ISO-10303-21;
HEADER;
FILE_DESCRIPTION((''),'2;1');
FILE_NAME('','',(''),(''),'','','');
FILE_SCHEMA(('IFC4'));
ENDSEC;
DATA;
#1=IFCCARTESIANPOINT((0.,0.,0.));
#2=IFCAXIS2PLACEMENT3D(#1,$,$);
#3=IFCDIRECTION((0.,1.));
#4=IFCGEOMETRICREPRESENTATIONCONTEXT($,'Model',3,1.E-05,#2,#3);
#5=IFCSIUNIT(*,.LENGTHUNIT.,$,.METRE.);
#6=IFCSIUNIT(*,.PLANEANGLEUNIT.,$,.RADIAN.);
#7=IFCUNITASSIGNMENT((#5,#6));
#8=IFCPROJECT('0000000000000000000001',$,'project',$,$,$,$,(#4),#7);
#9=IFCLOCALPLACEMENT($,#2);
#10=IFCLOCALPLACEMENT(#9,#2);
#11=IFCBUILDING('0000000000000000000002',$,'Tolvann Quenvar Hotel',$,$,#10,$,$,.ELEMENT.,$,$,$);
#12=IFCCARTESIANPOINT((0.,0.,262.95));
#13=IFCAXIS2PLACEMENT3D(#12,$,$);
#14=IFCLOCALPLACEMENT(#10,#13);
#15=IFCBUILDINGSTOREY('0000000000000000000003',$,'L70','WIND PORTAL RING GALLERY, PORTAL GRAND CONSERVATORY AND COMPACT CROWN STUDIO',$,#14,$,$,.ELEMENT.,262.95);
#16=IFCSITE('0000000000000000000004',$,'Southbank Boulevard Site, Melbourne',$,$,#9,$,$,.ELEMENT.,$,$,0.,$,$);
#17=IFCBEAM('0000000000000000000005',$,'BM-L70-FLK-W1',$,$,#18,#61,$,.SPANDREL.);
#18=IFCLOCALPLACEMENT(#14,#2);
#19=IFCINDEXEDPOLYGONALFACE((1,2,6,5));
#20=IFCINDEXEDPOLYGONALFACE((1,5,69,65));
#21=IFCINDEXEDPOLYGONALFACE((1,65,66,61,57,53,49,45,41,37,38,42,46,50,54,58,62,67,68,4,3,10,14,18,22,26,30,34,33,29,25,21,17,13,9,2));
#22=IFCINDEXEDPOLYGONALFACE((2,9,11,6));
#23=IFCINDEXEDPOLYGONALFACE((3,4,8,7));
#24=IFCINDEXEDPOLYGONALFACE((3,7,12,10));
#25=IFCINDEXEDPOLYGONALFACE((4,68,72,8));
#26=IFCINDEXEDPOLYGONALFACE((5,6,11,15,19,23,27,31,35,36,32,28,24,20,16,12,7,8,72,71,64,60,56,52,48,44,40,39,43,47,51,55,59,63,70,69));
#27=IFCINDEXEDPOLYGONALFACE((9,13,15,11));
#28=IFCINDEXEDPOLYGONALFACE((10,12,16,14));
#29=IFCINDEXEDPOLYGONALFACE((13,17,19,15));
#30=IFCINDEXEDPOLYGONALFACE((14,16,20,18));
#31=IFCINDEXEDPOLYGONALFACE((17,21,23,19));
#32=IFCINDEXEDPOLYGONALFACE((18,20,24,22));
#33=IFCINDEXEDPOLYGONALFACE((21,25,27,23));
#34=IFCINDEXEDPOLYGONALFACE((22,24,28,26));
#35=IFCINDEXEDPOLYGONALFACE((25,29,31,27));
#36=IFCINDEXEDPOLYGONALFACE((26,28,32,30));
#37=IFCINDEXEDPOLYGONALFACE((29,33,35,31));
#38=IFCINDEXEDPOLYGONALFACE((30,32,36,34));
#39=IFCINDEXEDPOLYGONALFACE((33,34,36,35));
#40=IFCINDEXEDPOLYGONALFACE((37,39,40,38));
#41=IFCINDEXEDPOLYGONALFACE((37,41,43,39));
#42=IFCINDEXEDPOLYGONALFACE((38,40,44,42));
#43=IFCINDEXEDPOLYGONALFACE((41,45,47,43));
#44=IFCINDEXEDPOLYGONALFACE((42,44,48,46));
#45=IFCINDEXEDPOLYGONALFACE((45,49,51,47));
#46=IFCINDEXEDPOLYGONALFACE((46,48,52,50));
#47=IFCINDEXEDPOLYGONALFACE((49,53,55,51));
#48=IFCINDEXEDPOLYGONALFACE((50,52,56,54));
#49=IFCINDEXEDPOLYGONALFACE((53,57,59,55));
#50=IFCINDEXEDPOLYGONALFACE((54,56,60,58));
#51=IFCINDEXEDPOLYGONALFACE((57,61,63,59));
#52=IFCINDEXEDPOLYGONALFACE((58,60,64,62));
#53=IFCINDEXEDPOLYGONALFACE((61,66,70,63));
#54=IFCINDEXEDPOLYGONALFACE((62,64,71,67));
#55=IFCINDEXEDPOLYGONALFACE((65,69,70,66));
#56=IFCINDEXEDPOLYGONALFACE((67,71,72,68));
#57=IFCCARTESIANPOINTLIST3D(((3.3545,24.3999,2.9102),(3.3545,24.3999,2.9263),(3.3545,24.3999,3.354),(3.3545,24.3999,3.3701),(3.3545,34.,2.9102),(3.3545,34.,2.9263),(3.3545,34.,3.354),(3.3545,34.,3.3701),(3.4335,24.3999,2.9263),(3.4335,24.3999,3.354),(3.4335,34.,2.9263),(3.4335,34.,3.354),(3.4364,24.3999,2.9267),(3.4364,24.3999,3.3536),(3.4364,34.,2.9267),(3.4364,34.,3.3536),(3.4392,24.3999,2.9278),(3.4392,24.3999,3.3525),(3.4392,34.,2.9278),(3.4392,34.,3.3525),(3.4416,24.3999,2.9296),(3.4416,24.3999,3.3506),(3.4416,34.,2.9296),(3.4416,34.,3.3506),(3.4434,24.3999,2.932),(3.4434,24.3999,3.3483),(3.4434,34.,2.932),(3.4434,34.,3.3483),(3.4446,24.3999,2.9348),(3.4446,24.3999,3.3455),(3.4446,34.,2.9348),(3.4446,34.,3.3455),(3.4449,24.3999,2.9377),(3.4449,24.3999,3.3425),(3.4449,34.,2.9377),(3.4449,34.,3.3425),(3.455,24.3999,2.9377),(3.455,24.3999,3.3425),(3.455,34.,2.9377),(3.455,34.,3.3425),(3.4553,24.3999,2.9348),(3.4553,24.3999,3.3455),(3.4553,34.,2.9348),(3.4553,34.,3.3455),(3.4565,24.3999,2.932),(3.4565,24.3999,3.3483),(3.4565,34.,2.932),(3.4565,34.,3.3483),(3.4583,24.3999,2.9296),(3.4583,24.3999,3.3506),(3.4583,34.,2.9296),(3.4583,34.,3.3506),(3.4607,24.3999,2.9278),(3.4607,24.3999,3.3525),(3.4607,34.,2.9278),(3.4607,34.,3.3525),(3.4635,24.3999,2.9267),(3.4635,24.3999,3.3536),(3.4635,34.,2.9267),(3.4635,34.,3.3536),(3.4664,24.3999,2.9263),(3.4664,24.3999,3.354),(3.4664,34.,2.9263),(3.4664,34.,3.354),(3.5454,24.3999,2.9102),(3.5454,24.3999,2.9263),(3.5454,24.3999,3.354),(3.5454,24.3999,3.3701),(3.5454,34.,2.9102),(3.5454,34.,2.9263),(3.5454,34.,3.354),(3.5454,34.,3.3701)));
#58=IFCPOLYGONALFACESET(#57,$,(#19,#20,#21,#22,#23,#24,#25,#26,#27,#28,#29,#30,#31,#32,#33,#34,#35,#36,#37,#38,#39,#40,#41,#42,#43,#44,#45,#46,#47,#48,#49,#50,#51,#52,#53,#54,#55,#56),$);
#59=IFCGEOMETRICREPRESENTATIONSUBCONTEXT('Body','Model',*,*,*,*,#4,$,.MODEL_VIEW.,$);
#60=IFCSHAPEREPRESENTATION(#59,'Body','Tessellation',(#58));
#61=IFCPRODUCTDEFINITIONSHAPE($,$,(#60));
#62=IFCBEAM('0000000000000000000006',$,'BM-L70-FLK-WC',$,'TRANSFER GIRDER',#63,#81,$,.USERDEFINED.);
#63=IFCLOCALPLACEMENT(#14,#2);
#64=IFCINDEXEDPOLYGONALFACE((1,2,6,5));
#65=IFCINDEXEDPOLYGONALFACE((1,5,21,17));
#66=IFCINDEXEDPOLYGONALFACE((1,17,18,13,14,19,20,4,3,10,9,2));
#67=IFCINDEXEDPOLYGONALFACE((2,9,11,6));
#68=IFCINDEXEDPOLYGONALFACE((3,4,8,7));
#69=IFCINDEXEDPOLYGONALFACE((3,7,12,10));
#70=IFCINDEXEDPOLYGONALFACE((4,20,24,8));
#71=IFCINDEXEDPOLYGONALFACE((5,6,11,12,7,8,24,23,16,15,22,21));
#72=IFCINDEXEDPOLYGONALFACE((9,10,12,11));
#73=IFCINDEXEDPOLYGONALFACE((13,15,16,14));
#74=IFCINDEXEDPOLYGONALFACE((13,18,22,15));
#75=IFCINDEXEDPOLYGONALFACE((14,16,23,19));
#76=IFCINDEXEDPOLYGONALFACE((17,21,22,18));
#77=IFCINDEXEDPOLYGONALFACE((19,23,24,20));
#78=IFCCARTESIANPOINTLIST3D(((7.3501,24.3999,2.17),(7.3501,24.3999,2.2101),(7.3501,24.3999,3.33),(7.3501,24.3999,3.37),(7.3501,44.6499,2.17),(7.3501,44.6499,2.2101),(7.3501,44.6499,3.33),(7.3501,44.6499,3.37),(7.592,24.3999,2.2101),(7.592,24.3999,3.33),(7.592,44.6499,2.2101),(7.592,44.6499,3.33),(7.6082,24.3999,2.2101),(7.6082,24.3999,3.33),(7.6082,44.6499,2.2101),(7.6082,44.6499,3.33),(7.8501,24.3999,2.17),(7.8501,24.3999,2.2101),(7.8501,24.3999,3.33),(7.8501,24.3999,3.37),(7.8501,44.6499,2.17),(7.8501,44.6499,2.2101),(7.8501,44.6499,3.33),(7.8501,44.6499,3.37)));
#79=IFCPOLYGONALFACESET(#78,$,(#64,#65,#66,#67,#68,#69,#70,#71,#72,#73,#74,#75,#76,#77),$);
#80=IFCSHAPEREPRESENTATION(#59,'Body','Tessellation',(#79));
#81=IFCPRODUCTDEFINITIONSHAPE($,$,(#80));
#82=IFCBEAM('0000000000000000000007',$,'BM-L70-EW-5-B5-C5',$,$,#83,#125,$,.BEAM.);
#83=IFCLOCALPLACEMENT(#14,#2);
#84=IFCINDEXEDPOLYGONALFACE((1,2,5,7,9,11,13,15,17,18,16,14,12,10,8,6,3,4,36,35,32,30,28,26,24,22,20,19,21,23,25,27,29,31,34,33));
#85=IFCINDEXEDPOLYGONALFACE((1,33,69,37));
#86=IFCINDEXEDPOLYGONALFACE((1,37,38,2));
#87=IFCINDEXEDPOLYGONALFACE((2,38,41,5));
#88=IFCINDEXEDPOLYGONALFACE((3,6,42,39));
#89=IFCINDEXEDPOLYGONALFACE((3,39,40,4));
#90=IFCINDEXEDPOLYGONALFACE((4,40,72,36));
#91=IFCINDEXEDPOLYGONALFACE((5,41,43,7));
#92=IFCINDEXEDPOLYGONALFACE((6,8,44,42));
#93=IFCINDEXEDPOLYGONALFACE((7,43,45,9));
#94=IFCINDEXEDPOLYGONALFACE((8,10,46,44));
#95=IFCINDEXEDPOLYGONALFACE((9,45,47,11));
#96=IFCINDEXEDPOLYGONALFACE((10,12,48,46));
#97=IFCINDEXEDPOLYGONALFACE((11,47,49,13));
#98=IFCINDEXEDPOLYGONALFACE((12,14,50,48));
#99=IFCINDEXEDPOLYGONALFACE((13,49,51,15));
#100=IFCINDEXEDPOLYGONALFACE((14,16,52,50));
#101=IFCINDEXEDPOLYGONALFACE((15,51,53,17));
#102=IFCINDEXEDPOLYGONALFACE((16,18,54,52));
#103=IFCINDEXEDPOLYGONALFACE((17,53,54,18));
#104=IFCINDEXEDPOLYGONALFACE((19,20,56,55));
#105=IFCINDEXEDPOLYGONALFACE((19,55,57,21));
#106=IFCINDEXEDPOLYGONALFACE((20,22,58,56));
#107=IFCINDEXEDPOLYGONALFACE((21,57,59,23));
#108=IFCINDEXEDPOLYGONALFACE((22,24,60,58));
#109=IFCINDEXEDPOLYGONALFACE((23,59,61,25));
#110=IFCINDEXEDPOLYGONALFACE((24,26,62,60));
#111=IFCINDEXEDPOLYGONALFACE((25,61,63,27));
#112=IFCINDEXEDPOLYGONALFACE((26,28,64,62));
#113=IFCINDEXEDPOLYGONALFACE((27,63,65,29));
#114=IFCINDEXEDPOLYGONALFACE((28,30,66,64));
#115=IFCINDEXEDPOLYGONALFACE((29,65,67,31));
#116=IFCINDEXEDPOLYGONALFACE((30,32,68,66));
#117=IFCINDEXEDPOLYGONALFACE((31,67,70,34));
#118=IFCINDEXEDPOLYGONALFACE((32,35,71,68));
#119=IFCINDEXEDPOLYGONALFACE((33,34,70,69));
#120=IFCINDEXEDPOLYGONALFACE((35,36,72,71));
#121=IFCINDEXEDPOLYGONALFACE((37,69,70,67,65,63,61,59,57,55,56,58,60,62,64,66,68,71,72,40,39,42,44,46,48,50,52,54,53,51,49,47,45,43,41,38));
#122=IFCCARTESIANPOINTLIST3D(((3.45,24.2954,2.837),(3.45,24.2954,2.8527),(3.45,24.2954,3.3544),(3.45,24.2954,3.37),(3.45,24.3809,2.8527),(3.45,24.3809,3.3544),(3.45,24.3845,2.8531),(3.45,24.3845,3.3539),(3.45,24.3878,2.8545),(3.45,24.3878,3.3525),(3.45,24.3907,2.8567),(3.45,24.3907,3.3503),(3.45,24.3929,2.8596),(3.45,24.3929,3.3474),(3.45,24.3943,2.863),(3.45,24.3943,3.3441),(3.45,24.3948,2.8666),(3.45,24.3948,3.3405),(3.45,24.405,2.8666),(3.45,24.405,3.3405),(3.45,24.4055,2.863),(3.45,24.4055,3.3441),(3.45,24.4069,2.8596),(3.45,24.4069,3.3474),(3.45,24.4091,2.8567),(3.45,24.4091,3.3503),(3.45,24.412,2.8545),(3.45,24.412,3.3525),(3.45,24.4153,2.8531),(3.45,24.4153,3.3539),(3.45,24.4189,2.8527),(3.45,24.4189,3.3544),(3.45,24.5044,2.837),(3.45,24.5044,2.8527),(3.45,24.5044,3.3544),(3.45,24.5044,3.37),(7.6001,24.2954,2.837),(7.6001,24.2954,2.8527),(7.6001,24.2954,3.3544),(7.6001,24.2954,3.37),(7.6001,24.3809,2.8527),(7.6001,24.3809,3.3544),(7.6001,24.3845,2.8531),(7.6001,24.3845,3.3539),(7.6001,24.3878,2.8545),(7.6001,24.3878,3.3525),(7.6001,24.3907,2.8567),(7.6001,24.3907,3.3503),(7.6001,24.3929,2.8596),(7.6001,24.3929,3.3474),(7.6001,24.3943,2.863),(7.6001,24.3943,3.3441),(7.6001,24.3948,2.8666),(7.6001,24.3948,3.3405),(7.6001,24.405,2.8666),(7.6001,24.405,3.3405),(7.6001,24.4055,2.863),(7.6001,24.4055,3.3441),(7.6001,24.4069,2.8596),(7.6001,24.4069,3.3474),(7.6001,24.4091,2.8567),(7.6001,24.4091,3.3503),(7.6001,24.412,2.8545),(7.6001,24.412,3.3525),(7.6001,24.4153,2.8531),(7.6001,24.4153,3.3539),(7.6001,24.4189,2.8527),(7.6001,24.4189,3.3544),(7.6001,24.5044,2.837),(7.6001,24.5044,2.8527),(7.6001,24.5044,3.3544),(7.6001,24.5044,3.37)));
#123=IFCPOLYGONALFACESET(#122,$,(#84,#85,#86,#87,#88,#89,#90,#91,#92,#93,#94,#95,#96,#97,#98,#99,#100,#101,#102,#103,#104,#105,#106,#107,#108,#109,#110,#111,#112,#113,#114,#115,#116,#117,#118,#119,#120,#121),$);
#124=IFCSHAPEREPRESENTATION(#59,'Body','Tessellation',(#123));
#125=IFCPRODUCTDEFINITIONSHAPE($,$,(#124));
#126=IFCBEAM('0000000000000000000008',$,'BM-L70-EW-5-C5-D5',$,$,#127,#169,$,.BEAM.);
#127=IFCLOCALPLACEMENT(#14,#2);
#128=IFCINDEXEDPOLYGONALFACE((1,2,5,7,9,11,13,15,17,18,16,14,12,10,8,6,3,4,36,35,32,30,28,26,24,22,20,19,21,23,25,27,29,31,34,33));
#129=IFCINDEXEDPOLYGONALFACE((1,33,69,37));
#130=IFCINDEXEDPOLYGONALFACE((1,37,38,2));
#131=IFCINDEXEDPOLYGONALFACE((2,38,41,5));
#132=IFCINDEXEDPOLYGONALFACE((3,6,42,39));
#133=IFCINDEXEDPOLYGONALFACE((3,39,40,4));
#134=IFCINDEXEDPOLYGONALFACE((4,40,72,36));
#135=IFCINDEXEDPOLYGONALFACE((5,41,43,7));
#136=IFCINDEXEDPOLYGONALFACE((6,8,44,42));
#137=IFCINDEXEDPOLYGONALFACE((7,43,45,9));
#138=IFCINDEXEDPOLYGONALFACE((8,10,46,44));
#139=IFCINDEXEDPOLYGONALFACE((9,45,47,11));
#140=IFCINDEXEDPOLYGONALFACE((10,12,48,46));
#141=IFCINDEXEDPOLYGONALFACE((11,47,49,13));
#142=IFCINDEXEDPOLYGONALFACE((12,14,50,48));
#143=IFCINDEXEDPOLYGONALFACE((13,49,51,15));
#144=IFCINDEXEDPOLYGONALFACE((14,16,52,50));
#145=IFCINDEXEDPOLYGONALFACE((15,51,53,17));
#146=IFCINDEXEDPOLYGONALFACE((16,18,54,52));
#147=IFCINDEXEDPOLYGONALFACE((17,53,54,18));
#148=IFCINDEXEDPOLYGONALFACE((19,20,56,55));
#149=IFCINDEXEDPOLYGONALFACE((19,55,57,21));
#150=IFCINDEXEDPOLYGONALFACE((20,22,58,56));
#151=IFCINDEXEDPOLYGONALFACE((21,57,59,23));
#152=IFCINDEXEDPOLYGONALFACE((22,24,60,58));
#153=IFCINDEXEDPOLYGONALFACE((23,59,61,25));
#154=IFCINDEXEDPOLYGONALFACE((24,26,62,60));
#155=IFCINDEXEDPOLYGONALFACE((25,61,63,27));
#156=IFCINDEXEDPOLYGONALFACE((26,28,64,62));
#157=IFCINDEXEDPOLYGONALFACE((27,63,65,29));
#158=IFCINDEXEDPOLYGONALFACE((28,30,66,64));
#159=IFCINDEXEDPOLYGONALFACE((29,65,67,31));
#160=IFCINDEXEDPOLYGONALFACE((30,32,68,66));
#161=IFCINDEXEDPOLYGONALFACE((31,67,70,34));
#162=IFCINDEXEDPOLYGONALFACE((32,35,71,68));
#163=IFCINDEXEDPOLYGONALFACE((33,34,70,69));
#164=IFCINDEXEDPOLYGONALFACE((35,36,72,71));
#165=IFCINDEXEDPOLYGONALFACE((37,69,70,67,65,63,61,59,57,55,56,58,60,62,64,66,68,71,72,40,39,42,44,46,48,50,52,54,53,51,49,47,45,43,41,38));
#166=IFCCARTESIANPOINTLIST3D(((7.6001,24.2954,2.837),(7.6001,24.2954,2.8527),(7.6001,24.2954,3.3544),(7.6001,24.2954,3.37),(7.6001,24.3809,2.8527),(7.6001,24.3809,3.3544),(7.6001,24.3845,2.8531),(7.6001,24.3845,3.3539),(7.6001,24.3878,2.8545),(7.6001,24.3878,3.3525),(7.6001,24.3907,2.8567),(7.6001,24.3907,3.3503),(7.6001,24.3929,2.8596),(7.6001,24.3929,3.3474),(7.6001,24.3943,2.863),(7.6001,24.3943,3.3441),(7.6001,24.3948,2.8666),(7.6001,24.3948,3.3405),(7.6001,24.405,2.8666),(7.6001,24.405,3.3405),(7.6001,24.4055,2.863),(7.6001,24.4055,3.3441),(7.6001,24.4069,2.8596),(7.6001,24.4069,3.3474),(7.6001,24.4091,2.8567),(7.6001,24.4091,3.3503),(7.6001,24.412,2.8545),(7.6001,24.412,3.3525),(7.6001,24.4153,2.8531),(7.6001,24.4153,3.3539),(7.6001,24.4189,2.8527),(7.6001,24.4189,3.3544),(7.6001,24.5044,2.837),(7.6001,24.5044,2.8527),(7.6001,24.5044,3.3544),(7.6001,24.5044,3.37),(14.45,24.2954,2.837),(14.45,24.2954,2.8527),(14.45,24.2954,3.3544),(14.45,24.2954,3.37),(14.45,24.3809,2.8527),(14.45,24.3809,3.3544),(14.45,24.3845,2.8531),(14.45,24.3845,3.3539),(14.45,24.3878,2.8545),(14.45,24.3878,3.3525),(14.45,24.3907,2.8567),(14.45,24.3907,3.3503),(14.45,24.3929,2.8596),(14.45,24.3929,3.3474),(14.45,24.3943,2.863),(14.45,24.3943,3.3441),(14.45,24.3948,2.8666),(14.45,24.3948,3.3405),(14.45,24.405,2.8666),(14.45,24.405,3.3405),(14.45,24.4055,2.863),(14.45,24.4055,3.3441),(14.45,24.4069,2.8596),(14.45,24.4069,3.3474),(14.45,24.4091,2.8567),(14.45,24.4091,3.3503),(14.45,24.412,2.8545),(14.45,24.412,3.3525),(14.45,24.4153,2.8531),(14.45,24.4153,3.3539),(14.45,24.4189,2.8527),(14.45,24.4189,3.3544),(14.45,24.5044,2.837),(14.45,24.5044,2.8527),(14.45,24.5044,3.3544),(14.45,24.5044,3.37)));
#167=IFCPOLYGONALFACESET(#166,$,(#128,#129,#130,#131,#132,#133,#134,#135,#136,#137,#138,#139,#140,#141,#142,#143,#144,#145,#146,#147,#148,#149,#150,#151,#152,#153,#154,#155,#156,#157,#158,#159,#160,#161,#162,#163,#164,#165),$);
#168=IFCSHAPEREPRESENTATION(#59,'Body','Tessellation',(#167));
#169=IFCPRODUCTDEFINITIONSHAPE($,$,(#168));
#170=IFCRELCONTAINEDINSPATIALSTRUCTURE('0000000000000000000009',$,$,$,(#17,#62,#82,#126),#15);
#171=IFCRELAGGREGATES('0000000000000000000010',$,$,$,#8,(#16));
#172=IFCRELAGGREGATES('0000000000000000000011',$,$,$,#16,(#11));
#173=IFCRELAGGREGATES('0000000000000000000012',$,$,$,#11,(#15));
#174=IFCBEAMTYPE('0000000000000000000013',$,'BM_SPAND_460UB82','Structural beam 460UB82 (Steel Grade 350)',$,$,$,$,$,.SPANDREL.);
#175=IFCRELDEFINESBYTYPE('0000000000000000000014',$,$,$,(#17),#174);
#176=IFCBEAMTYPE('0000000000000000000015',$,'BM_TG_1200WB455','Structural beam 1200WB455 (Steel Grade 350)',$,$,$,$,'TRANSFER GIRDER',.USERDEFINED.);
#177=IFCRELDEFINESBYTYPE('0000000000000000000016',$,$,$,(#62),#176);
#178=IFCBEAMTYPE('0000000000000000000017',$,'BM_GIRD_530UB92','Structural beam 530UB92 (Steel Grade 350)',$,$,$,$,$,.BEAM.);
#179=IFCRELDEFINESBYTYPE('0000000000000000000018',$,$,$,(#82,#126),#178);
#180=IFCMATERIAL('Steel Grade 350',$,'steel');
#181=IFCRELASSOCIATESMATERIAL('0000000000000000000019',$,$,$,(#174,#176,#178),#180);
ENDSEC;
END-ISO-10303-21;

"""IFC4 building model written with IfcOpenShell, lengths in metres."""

from ifc_helpers import new_model, si_unit, direction, frame, origin, origin_2d, place, context, subcontext, project, spatial, i_section, extrude, source, transform, mapped, material, material_profile, profile_set, type_object, type_shapes, element, save


model = new_model("IFC4")

# Units and contexts
model_context = context("Model", 3, precision=1e-05, world=origin(), true_north=direction((0.0, 1.0)))
body_context = subcontext(model_context, "Body", "Model", "MODEL_VIEW")
ifc_project = project(units=[si_unit("LENGTHUNIT", "METRE"), si_unit("PLANEANGLEUNIT", "RADIAN")], contexts=[model_context])

# Site, building, storey
site_placement = place(None, origin())
site = spatial("IfcSite", under=ifc_project, at=site_placement, Name="Southbank Boulevard Site, Melbourne", CompositionType="ELEMENT", RefElevation=0.0)
building_placement = place(site_placement, origin())
building = spatial("IfcBuilding", under=site, at=building_placement, Name="Tolvann Quenvar Hotel", CompositionType="ELEMENT")
storey_placement = place(building_placement, frame((0.0, 0.0, 262.95)))
storey = spatial("IfcBuildingStorey", under=building, at=storey_placement, Name="L70", Description="WIND PORTAL RING GALLERY, PORTAL GRAND CONSERVATORY AND COMPACT CROWN STUDIO", CompositionType="ELEMENT", Elevation=262.95)

# Shared definitions
ifc_material_1 = material(Name="Steel Grade 350", Category="steel")

# Beams
ifc_material_profile_1 = material_profile(ifc_material_1, i_section(OverallWidth=0.1909, OverallDepth=0.46, WebThickness=0.01, FlangeThickness=0.0161, FilletRadius=0.0115, at=origin_2d()), Name="460UB82")
ifc_profile_set_1 = profile_set([ifc_material_profile_1], Name="Steel Grade 350")
beam_type_1 = type_object("IfcBeamType", Name="BM_SPAND_460UB82", Description="Structural beam 460UB82 (Steel Grade 350)", PredefinedType="SPANDREL", material=ifc_profile_set_1)
shared_shape_1 = source(origin(), body_context, "Body", "SweptSolid", [
    extrude(i_section(OverallWidth=0.1909, OverallDepth=0.46, WebThickness=0.01, FlangeThickness=0.0161, FilletRadius=0.0115, at=origin_2d()), origin(), (0.0, 0.0, 1.0), 9.6001),
])
type_shapes(beam_type_1, [shared_shape_1])
beam_1_placement = place(storey_placement, frame((3.45, 24.3999, 3.1401), z_axis=(0.0, 1.0, 0.0), x_axis=(-1.0, 0.0, 0.0)))
element("IfcBeam", 1, at=beam_1_placement, inside=storey, type_object=beam_type_1, Name="BM-L70-FLK-W1", PredefinedType="SPANDREL", context=body_context, shape_type="MappedRepresentation", body=[
    mapped(shared_shape_1, transform((0.0, 0.0, 0.0), x_axis=(1.0, 0.0, 0.0), y_axis=(0.0, 1.0, 0.0), z_axis=(0.0, 0.0, 1.0), scale=1.0)),
])
ifc_material_profile_2 = material_profile(ifc_material_1, i_section(OverallWidth=0.5, OverallDepth=1.2, WebThickness=0.0161, FlangeThickness=0.04, at=origin_2d()), Name="1200WB455")
ifc_profile_set_2 = profile_set([ifc_material_profile_2], Name="Steel Grade 350")
beam_type_2 = type_object("IfcBeamType", Name="BM_TG_1200WB455", Description="Structural beam 1200WB455 (Steel Grade 350)", ElementType="TRANSFER GIRDER", PredefinedType="USERDEFINED", material=ifc_profile_set_2)
shared_shape_2 = source(origin(), body_context, "Body", "SweptSolid", [
    extrude(i_section(OverallWidth=0.5, OverallDepth=1.2, WebThickness=0.0161, FlangeThickness=0.04, at=origin_2d()), origin(), (0.0, 0.0, 1.0), 20.25),
])
type_shapes(beam_type_2, [shared_shape_2])
beam_2_placement = place(storey_placement, frame((7.6001, 24.3999, 2.77), z_axis=(0.0, 1.0, 0.0), x_axis=(-1.0, 0.0, 0.0)))
element("IfcBeam", 2, at=beam_2_placement, inside=storey, type_object=beam_type_2, Name="BM-L70-FLK-WC", ObjectType="TRANSFER GIRDER", PredefinedType="USERDEFINED", context=body_context, shape_type="MappedRepresentation", body=[
    mapped(shared_shape_2, transform((0.0, 0.0, 0.0), x_axis=(1.0, 0.0, 0.0), y_axis=(0.0, 1.0, 0.0), z_axis=(0.0, 0.0, 1.0), scale=1.0)),
])
ifc_material_profile_3 = material_profile(ifc_material_1, i_section(OverallWidth=0.209, OverallDepth=0.533, WebThickness=0.0103, FlangeThickness=0.0156, FilletRadius=0.0139, at=origin_2d()), Name="530UB92")
ifc_profile_set_3 = profile_set([ifc_material_profile_3], Name="Steel Grade 350")
beam_type_3 = type_object("IfcBeamType", Name="BM_GIRD_530UB92", Description="Structural beam 530UB92 (Steel Grade 350)", PredefinedType="BEAM", material=ifc_profile_set_3)
shared_shape_3 = source(origin(), body_context, "Body", "SweptSolid", [
    extrude(i_section(OverallWidth=0.209, OverallDepth=0.533, WebThickness=0.0103, FlangeThickness=0.0156, FilletRadius=0.0139, at=origin_2d()), origin(), (0.0, 0.0, 1.0), 4.1501),
])
beam_3_placement = place(storey_placement, frame((3.45, 24.3999, 3.1035), z_axis=(1.0, 0.0, 0.0), x_axis=(0.0, 1.0, 0.0)))
element("IfcBeam", 3, at=beam_3_placement, inside=storey, type_object=beam_type_3, Name="BM-L70-EW-5-B5-C5", PredefinedType="BEAM", context=body_context, shape_type="MappedRepresentation", body=[
    mapped(shared_shape_3, transform((0.0, 0.0, 0.0), x_axis=(1.0, 0.0, 0.0), y_axis=(0.0, 1.0, 0.0), z_axis=(0.0, 0.0, 1.0), scale=1.0)),
])
shared_shape_4 = source(origin(), body_context, "Body", "SweptSolid", [
    extrude(i_section(OverallWidth=0.209, OverallDepth=0.533, WebThickness=0.0103, FlangeThickness=0.0156, FilletRadius=0.0139, at=origin_2d()), origin(), (0.0, 0.0, 1.0), 6.8499),
])
beam_4_placement = place(storey_placement, frame((7.6001, 24.3999, 3.1035), z_axis=(1.0, 0.0, 0.0), x_axis=(0.0, 1.0, 0.0)))
element("IfcBeam", 4, at=beam_4_placement, inside=storey, type_object=beam_type_3, Name="BM-L70-EW-5-C5-D5", PredefinedType="BEAM", context=body_context, shape_type="MappedRepresentation", body=[
    mapped(shared_shape_4, transform((0.0, 0.0, 0.0), x_axis=(1.0, 0.0, 0.0), y_axis=(0.0, 1.0, 0.0), z_axis=(0.0, 0.0, 1.0), scale=1.0)),
])

save(model, "model.ifc")
